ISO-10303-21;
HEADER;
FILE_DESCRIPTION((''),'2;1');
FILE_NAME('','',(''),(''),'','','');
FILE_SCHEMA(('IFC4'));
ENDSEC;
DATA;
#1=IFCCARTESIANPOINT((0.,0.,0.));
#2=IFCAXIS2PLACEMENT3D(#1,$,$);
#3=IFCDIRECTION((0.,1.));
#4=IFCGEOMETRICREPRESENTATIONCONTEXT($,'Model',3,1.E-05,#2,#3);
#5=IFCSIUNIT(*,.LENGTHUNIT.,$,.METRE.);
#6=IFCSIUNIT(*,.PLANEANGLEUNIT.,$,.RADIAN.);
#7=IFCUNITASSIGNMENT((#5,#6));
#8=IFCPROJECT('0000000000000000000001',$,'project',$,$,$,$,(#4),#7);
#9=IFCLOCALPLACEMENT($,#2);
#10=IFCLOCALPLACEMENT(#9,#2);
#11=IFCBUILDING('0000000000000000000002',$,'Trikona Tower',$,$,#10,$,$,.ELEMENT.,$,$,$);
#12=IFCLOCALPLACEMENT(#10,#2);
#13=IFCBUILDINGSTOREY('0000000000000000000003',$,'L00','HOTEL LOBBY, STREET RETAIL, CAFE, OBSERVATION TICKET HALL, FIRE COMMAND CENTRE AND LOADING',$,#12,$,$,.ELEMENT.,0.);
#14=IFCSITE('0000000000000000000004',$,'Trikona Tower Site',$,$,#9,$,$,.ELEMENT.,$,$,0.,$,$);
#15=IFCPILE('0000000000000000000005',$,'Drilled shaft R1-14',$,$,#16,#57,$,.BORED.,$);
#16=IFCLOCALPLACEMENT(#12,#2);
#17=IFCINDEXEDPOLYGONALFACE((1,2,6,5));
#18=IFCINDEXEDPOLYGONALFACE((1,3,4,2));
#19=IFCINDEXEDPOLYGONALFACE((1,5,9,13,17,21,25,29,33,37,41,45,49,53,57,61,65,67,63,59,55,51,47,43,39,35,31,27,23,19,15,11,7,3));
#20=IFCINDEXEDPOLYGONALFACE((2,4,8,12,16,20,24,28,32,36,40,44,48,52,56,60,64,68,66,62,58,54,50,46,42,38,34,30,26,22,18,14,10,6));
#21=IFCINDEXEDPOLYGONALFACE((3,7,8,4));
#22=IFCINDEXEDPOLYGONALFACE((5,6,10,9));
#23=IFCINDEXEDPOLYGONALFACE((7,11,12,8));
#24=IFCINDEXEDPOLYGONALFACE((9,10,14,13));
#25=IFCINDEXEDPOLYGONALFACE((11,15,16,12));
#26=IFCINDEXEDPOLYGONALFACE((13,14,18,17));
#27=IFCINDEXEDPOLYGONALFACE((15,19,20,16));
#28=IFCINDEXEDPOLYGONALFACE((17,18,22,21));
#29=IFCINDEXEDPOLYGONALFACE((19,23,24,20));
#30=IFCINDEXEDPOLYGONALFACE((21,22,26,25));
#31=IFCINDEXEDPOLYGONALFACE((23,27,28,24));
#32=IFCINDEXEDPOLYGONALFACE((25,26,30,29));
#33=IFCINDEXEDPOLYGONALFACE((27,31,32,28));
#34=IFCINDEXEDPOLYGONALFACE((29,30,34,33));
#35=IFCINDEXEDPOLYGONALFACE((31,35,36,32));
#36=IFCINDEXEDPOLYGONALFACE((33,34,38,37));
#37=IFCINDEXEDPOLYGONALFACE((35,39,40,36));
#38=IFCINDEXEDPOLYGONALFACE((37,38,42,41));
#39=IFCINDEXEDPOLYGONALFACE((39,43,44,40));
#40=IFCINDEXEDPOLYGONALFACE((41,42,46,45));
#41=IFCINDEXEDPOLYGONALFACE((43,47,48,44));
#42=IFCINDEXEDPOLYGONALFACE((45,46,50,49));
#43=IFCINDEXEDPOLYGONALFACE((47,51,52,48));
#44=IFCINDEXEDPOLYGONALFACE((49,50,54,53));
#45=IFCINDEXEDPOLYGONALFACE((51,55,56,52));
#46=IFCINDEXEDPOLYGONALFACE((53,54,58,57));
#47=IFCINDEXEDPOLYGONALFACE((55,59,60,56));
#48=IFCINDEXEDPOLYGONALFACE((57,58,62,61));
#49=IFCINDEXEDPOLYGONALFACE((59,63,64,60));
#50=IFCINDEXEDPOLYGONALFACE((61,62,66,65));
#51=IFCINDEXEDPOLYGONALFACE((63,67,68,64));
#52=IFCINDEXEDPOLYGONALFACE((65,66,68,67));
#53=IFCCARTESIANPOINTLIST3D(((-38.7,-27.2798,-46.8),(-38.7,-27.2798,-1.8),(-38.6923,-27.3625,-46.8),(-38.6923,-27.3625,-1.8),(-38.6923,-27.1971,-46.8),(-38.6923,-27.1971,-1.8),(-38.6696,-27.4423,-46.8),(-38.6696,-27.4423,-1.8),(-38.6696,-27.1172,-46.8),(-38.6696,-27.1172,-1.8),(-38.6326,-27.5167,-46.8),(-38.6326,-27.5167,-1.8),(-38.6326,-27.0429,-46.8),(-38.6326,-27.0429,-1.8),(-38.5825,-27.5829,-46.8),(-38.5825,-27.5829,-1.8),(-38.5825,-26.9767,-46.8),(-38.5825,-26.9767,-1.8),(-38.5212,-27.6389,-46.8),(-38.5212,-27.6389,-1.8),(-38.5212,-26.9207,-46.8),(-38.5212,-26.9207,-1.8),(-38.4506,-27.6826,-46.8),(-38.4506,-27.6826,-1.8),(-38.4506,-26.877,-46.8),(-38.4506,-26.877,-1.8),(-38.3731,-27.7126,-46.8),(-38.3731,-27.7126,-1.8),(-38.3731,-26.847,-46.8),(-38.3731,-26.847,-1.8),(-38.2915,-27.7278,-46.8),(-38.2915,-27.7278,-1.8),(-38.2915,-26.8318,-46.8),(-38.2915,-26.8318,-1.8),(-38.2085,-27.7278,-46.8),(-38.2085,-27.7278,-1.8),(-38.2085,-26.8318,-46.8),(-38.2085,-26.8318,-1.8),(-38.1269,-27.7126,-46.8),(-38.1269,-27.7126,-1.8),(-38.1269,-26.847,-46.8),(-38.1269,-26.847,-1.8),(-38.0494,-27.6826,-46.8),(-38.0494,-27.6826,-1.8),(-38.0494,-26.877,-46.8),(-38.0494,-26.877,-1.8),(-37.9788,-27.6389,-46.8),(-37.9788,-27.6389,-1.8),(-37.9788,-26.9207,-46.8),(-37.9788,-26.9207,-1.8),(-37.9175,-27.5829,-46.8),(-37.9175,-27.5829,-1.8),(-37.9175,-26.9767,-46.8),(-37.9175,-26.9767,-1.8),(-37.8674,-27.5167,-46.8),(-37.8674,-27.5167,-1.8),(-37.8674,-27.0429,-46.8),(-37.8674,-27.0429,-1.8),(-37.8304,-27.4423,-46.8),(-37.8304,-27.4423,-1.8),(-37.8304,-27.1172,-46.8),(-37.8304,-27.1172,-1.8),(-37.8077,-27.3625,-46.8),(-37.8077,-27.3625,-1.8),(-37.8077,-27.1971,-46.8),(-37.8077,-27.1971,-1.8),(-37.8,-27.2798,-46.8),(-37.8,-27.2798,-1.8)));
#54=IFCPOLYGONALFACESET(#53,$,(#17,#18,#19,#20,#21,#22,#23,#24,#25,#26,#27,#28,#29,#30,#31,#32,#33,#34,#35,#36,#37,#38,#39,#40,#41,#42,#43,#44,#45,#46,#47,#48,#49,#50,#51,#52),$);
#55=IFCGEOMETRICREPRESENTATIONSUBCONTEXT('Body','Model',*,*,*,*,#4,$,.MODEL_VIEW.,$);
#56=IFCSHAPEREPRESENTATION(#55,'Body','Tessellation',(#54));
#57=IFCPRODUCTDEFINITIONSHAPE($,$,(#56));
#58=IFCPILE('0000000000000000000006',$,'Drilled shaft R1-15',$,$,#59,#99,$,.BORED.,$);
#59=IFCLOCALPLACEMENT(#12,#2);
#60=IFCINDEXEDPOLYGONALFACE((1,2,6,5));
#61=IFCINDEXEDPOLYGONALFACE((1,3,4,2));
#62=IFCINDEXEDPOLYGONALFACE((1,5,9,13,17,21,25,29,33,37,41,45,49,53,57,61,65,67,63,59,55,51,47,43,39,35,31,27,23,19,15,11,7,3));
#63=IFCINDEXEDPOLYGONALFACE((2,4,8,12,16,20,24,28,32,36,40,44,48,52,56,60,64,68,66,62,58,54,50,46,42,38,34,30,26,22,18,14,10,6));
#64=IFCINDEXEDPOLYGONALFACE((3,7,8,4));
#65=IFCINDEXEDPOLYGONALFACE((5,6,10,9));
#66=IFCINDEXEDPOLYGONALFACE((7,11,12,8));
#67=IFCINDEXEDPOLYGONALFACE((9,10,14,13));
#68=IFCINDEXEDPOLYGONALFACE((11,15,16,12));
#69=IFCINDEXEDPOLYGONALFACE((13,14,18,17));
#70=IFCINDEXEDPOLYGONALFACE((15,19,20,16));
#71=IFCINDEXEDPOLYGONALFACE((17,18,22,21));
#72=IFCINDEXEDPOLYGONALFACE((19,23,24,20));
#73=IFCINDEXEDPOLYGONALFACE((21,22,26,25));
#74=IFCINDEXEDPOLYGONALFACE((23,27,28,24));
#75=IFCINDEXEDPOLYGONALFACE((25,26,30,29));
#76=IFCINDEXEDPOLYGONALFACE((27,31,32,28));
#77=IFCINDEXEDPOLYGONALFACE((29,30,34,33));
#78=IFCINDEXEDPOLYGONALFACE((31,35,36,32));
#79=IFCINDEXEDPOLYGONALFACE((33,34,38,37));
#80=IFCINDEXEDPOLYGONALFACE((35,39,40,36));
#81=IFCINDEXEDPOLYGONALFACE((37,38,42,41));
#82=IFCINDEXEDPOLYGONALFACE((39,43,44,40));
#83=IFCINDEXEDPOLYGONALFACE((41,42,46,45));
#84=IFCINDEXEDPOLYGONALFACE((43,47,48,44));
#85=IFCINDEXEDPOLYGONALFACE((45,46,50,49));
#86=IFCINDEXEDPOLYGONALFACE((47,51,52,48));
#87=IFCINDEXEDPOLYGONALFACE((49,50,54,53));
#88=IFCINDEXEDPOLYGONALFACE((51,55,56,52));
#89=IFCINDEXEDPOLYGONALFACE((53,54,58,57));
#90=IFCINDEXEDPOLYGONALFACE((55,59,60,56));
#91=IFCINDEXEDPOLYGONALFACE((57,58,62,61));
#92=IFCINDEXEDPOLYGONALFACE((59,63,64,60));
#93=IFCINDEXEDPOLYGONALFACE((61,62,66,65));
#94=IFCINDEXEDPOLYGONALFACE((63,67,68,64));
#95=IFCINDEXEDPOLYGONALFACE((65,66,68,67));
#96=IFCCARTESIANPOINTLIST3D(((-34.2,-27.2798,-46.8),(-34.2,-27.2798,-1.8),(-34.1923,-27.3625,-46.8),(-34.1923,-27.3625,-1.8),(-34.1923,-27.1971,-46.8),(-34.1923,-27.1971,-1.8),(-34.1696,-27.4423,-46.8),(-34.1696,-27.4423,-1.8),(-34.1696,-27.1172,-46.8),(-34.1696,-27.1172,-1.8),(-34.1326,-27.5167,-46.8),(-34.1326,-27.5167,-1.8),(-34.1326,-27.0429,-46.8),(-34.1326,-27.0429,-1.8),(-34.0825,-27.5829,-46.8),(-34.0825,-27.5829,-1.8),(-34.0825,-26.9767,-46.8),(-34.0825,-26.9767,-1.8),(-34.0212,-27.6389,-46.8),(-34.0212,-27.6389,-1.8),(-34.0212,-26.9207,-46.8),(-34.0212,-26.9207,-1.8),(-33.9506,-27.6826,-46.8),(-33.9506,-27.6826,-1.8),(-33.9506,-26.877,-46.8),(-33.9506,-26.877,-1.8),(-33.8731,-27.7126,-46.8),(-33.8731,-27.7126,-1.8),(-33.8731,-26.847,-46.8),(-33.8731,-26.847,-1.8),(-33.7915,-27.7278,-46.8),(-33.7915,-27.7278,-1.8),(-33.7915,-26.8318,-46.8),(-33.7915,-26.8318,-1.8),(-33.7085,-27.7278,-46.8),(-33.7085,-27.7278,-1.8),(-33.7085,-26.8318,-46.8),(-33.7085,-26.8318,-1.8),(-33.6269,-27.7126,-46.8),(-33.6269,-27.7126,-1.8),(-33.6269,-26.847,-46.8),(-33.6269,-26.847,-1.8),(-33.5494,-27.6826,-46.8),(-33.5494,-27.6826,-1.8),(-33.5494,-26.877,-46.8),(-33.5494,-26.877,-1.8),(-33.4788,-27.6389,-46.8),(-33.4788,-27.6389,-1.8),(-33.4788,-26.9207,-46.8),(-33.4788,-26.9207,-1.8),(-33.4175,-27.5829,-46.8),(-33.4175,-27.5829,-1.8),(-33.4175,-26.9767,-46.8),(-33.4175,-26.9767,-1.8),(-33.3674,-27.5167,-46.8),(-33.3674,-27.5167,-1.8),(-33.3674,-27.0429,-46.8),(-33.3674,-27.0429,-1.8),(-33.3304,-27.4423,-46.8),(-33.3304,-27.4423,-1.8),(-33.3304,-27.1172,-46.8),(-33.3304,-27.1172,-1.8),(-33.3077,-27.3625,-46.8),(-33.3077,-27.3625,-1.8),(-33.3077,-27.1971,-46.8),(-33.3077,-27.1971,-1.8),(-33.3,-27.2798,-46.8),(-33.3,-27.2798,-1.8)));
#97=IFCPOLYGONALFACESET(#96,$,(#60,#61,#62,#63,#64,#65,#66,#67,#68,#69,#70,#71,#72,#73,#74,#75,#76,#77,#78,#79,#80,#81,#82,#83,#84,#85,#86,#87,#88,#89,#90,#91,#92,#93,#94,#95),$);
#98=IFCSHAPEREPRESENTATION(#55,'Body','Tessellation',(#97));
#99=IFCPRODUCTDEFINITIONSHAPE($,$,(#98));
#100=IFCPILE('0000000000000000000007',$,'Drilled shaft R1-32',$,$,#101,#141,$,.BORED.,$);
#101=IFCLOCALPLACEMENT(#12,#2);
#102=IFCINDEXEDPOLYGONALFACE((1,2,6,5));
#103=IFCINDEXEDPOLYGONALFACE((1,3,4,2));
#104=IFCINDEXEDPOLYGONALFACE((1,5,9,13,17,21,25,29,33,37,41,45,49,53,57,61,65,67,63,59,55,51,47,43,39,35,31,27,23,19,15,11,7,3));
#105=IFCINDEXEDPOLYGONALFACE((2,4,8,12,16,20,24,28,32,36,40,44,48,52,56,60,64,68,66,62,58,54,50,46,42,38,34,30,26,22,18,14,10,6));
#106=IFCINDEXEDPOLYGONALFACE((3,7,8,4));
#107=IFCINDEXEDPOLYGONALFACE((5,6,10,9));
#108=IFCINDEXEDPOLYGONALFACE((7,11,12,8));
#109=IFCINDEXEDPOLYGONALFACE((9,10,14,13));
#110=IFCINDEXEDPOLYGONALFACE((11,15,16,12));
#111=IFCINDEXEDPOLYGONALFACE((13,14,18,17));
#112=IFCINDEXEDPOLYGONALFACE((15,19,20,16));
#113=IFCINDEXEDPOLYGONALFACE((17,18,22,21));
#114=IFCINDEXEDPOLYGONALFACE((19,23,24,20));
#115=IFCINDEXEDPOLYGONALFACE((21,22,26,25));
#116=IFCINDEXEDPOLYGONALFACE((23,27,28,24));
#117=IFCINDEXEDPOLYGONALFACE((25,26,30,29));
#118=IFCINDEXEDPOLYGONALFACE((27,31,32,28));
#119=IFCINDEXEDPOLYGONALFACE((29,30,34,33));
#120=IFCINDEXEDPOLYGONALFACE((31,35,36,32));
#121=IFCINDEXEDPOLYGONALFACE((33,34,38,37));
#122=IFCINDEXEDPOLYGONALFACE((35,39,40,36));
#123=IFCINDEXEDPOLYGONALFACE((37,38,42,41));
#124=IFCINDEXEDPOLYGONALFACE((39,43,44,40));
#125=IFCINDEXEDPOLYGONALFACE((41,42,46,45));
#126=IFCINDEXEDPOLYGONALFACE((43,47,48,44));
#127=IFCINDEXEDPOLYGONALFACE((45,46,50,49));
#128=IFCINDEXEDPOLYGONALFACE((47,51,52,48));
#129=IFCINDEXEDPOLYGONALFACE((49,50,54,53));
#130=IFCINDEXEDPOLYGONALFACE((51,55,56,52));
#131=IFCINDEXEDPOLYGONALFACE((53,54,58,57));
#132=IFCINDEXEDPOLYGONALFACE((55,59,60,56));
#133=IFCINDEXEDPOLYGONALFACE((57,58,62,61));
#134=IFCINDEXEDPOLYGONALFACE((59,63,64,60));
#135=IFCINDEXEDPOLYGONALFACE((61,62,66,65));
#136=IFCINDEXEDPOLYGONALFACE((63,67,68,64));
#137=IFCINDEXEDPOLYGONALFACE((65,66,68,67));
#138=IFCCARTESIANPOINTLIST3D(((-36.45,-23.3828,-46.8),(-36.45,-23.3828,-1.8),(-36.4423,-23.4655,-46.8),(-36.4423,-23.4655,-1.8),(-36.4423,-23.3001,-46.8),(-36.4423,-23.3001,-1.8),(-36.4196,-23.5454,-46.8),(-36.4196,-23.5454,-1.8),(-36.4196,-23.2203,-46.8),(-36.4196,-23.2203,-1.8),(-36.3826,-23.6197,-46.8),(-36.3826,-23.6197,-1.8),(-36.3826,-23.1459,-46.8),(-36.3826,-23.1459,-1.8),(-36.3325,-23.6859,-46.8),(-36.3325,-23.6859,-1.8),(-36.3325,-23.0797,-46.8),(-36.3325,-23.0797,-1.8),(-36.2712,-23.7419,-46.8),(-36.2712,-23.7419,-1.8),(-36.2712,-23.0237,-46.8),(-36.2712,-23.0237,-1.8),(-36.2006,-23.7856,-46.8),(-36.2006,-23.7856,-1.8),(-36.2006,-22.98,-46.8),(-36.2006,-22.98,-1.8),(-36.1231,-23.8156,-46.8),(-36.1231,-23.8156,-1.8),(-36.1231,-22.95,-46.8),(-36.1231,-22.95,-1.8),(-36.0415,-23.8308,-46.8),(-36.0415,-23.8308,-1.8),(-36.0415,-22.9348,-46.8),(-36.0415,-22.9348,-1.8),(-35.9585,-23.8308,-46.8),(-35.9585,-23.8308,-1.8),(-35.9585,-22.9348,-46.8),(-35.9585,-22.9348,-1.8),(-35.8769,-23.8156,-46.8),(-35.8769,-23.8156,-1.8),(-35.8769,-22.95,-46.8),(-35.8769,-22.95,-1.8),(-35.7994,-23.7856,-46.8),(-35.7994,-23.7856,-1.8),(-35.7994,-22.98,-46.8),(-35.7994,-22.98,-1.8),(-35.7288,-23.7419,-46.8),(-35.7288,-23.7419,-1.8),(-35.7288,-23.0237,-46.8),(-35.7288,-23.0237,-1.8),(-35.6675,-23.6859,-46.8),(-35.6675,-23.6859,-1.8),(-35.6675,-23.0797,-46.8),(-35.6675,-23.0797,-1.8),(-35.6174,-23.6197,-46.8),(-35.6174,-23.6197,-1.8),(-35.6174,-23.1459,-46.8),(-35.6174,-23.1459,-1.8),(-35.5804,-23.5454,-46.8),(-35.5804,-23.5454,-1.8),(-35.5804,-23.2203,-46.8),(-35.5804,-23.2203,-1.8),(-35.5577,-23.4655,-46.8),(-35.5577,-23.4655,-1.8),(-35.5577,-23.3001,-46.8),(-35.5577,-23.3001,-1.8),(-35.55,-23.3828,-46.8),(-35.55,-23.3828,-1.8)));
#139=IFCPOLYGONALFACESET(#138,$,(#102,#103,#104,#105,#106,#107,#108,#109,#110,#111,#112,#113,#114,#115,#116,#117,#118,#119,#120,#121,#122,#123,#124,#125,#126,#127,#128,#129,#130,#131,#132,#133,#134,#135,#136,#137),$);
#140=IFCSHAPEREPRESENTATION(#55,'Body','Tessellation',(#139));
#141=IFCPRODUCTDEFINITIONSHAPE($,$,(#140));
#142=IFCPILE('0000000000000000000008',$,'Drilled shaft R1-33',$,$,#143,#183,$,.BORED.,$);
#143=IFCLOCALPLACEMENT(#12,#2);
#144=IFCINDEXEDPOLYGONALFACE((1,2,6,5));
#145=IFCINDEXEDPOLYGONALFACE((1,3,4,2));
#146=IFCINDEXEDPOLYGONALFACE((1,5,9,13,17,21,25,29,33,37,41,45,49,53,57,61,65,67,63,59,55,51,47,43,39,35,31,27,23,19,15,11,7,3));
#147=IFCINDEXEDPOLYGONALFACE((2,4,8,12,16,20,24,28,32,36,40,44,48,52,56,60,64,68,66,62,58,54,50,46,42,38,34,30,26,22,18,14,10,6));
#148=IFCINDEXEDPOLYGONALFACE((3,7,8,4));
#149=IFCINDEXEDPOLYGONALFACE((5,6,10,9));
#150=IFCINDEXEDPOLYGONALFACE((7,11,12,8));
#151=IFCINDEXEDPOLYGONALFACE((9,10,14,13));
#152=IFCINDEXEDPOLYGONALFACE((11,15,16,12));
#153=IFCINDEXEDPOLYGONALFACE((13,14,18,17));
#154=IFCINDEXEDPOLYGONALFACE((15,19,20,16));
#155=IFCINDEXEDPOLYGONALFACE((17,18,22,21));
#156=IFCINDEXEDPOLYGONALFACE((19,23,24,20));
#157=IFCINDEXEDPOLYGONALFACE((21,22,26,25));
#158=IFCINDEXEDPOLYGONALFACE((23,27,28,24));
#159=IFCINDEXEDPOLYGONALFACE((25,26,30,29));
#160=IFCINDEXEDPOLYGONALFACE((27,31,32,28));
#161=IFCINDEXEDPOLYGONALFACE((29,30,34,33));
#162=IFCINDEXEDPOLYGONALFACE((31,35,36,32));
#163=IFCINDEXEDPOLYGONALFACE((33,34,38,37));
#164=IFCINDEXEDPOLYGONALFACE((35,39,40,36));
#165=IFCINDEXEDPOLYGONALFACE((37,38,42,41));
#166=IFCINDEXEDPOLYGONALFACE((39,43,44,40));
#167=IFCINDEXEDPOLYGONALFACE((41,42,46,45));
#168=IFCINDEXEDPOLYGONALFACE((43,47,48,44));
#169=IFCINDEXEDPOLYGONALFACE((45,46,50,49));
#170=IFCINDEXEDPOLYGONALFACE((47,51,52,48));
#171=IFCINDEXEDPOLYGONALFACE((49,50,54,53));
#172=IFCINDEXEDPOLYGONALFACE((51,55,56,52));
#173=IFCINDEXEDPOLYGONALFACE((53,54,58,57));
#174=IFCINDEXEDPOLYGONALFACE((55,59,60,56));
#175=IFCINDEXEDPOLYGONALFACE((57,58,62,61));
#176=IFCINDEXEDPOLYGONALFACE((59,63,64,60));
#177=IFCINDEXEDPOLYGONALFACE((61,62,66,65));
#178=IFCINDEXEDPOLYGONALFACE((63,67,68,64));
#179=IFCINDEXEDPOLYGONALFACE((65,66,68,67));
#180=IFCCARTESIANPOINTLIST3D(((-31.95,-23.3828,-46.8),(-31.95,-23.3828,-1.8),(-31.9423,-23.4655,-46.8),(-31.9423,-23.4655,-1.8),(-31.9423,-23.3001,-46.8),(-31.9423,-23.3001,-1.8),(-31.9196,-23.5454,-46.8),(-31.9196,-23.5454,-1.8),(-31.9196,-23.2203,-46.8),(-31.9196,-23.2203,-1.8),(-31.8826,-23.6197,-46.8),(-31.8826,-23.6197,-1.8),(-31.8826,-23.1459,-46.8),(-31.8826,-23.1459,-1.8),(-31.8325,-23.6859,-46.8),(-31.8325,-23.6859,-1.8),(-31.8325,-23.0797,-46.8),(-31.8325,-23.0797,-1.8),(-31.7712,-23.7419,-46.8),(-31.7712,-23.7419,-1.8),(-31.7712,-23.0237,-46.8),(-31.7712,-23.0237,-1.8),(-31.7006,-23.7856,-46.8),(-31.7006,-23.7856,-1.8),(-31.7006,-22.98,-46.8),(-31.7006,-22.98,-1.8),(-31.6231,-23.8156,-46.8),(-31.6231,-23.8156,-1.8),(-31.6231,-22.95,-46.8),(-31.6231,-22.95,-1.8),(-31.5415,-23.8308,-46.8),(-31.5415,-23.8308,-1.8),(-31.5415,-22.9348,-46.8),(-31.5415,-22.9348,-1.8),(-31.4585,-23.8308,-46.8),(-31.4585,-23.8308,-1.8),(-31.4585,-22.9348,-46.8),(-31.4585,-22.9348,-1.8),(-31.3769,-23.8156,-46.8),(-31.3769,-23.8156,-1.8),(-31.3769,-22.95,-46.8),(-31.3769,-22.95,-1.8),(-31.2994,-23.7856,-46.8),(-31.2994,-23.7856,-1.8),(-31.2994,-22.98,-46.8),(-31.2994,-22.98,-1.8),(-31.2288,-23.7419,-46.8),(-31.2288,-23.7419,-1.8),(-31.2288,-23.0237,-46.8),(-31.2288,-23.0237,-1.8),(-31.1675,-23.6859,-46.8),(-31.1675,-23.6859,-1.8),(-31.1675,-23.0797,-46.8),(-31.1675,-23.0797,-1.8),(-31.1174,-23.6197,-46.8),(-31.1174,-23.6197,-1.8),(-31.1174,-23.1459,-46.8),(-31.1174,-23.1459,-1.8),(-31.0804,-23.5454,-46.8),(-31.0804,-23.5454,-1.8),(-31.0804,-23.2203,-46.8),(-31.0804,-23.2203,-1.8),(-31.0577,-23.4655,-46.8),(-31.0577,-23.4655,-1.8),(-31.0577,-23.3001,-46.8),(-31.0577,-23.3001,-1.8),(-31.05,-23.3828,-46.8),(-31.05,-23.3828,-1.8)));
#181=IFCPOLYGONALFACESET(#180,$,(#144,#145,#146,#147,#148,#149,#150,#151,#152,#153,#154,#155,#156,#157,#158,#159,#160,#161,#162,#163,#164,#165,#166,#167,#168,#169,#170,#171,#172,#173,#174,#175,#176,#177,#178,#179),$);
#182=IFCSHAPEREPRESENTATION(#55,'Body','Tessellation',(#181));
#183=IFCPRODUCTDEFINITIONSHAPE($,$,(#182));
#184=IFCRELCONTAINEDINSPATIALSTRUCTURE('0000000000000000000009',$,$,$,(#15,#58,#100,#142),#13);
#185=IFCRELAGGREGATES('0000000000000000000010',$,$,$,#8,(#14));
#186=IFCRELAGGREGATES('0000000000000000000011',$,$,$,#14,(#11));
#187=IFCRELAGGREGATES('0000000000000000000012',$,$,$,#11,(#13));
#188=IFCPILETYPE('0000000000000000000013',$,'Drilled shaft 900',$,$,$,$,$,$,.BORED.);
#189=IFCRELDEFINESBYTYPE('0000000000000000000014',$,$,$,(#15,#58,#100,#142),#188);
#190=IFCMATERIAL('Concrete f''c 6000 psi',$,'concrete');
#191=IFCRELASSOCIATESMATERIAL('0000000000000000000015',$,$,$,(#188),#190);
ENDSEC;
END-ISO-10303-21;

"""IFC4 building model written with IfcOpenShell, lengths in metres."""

from ifc_helpers import new_model, si_unit, direction, frame, origin, origin_2d, place, context, subcontext, project, spatial, circle, extrude, material, type_object, element, save


model = new_model("IFC4")

# Units and contexts
model_context = context("Model", 3, precision=1e-05, world=origin(), true_north=direction((0.0, 1.0)))
body_context = subcontext(model_context, "Body", "Model", "MODEL_VIEW")
ifc_project = project(units=[si_unit("LENGTHUNIT", "METRE"), si_unit("PLANEANGLEUNIT", "RADIAN")], contexts=[model_context])

# Site, building, storey
site_placement = place(None, origin())
site = spatial("IfcSite", under=ifc_project, at=site_placement, Name="Trikona Tower Site", CompositionType="ELEMENT", RefElevation=0.0)
building_placement = place(site_placement, origin())
building = spatial("IfcBuilding", under=site, at=building_placement, Name="Trikona Tower", CompositionType="ELEMENT")
storey_placement = place(building_placement, origin())
storey = spatial("IfcBuildingStorey", under=building, at=storey_placement, Name="L00", Description="HOTEL LOBBY, STREET RETAIL, CAFE, OBSERVATION TICKET HALL, FIRE COMMAND CENTRE AND LOADING", CompositionType="ELEMENT", Elevation=0.0)

# Piles
ifc_material_1 = material(Name="Concrete f'c 6000 psi", Category="concrete")
pile_type = type_object("IfcPileType", Name="Drilled shaft 900", PredefinedType="BORED", material=ifc_material_1)
for number, where, z_axis, x_axis, name in (
    (1, (-38.25, -27.2798, -1.8), (0.0, 0.0, -1.0), (1.0, 0.0, 0.0), "Drilled shaft R1-14"),
    (2, (-33.75, -27.2798, -1.8), (0.0, 0.0, -1.0), (1.0, 0.0, 0.0), "Drilled shaft R1-15"),
    (3, (-36.0, -23.3828, -1.8), (0.0, 0.0, -1.0), (1.0, 0.0, 0.0), "Drilled shaft R1-32"),
    (4, (-31.5, -23.3828, -1.8), (0.0, 0.0, -1.0), (1.0, 0.0, 0.0), "Drilled shaft R1-33"),
):
    element("IfcPile", number, at=place(storey_placement, frame(where, z_axis=z_axis, x_axis=x_axis)), inside=storey, type_object=pile_type, Name=name, PredefinedType="BORED", context=body_context, shape_type="SweptSolid", body=[
        extrude(circle(Radius=0.45, at=origin_2d()), origin(), (0.0, 0.0, 1.0), 45.0),
    ])

save(model, "model.ifc")
